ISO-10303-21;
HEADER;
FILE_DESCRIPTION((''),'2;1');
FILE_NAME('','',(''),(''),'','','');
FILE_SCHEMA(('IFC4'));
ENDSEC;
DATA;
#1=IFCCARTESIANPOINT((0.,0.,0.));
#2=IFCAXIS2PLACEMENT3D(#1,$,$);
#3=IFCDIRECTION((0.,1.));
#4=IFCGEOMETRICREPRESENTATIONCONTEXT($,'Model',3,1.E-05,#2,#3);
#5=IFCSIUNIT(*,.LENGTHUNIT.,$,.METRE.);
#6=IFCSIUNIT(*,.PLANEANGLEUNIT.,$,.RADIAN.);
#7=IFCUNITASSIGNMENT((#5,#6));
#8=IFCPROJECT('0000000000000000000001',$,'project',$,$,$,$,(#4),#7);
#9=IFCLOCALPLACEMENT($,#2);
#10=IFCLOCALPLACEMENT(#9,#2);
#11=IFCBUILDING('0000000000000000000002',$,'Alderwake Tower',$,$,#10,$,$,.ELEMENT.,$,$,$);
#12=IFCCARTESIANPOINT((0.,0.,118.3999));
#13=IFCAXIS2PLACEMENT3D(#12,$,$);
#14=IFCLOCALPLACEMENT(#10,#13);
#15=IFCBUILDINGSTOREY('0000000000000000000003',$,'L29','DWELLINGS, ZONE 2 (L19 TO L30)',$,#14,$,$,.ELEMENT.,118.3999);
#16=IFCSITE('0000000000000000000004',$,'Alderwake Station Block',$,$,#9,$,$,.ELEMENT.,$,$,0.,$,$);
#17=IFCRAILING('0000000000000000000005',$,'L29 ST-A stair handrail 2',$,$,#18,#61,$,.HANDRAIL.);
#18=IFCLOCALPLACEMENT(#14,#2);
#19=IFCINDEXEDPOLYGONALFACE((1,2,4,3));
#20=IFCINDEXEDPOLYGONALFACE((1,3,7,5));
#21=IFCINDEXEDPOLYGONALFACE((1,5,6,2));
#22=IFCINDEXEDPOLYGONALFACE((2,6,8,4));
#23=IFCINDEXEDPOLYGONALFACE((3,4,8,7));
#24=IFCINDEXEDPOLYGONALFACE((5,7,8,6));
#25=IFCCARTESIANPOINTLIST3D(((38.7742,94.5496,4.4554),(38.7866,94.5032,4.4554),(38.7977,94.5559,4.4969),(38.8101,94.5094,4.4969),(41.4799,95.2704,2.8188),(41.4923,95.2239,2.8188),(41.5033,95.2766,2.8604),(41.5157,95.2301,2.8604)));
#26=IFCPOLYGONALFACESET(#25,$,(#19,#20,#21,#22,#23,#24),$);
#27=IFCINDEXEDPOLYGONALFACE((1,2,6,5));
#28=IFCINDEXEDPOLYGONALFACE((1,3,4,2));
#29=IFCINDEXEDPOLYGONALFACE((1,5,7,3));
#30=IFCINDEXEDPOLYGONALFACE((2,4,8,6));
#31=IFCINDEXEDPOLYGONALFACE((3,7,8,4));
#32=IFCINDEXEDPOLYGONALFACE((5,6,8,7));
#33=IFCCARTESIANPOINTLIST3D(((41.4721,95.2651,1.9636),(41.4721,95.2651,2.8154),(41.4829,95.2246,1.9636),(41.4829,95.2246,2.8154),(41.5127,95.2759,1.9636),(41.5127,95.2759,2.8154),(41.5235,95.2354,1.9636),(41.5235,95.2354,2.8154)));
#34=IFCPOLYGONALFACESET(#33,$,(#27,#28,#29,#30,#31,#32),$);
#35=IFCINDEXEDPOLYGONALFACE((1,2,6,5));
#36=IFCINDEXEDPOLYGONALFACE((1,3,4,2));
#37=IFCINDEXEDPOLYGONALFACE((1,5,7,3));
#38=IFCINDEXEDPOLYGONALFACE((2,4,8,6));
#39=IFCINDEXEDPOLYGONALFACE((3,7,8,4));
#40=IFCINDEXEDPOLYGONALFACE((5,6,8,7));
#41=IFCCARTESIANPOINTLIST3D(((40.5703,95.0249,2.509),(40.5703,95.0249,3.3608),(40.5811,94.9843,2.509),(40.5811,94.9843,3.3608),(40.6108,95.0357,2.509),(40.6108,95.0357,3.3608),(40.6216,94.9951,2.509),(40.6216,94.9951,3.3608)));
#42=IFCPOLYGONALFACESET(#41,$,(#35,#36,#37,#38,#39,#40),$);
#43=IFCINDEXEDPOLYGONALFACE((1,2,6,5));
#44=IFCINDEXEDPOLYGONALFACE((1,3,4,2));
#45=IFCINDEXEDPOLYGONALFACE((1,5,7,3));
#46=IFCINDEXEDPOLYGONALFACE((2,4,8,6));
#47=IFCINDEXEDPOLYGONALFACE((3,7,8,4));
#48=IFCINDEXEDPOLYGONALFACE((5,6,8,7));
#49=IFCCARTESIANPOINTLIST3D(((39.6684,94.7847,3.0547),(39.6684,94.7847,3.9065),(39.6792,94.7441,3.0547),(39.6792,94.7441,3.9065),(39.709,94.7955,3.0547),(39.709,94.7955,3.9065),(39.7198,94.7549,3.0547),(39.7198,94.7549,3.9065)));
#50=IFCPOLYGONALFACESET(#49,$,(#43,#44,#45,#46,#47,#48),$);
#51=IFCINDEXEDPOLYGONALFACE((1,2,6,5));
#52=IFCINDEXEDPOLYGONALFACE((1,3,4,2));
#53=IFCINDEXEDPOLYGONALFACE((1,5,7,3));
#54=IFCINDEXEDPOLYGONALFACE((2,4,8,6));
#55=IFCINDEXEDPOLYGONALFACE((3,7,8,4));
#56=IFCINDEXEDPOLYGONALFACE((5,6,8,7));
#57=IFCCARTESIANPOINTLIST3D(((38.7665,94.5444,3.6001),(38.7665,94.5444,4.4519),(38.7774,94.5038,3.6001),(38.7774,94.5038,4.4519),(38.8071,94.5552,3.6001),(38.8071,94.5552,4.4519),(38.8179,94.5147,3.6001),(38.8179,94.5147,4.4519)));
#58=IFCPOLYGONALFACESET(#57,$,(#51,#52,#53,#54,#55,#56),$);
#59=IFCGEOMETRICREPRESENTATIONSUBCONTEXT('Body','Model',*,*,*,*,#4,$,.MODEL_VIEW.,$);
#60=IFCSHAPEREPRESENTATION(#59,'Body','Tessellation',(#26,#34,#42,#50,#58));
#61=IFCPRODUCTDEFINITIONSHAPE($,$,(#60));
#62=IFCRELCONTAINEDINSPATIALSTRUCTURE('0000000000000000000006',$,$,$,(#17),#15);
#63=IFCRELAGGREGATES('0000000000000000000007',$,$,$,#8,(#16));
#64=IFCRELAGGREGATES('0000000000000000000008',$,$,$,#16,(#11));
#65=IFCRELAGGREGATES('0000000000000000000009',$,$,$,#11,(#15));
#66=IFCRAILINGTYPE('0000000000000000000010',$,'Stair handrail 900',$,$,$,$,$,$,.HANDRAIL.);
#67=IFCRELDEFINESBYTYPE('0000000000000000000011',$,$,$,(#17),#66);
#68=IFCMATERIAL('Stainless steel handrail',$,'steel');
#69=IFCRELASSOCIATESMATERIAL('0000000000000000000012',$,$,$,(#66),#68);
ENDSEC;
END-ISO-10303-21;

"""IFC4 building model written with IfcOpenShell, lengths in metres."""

from ifc_helpers import new_model, si_unit, direction, frame, origin, origin_2d, place, context, subcontext, project, spatial, rectangle, extrude, material, type_object, element, save


model = new_model("IFC4")

# Units and contexts
model_context = context("Model", 3, precision=1e-05, world=origin(), true_north=direction((0.0, 1.0)))
body_context = subcontext(model_context, "Body", "Model", "MODEL_VIEW")
ifc_project = project(units=[si_unit("LENGTHUNIT", "METRE"), si_unit("PLANEANGLEUNIT", "RADIAN")], contexts=[model_context])

# Site, building, storey
site_placement = place(None, origin())
site = spatial("IfcSite", under=ifc_project, at=site_placement, Name="Alderwake Station Block", CompositionType="ELEMENT", RefElevation=0.0)
building_placement = place(site_placement, origin())
building = spatial("IfcBuilding", under=site, at=building_placement, Name="Alderwake Tower", CompositionType="ELEMENT")
storey_placement = place(building_placement, frame((0.0, 0.0, 118.3999)))
storey = spatial("IfcBuildingStorey", under=building, at=storey_placement, Name="L29", Description="DWELLINGS, ZONE 2 (L19 TO L30)", CompositionType="ELEMENT", Elevation=118.3999)

# Railing
ifc_material_1 = material(Name="Stainless steel handrail", Category="steel")
railing_type_1 = type_object("IfcRailingType", Name="Stair handrail 900", PredefinedType="HANDRAIL", material=ifc_material_1)
railing_1_placement = place(storey_placement, frame((41.4978, 95.2502, 1.9636)))
element("IfcRailing", 1, at=railing_1_placement, inside=storey, type_object=railing_type_1, Name="L29 ST-A stair handrail 2", PredefinedType="HANDRAIL", context=body_context, shape_type="SweptSolid", body=[
    extrude(rectangle(XDim=0.0481, YDim=0.0481, at=origin_2d()), frame((0.0, 0.0, 0.876), z_axis=(-0.834259, -0.222228, 0.504605), x_axis=(0.257402, -0.966304, 0.0)), (0.0, 0.0, 1.0), 3.2432),
    extrude(rectangle(XDim=0.042, YDim=0.042, at=origin_2d()), frame((0.0, 0.0, 0.0), z_axis=(0.0, 0.0, 1.0), x_axis=(-0.966304, -0.257402, 0.0)), (0.0, 0.0, 1.0), 0.8518),
    extrude(rectangle(XDim=0.042, YDim=0.042, at=origin_2d()), frame((-0.9019, -0.2402, 0.5454), z_axis=(0.0, 0.0, 1.0), x_axis=(-0.966304, -0.257402, 0.0)), (0.0, 0.0, 1.0), 0.8518),
    extrude(rectangle(XDim=0.042, YDim=0.042, at=origin_2d()), frame((-1.8037, -0.4805, 1.0911), z_axis=(0.0, 0.0, 1.0), x_axis=(-0.966304, -0.257402, 0.0)), (0.0, 0.0, 1.0), 0.8518),
    extrude(rectangle(XDim=0.042, YDim=0.042, at=origin_2d()), frame((-2.7056, -0.7207, 1.6365), z_axis=(0.0, 0.0, 1.0), x_axis=(-0.966304, -0.257402, 0.0)), (0.0, 0.0, 1.0), 0.8518),
])

save(model, "model.ifc")
